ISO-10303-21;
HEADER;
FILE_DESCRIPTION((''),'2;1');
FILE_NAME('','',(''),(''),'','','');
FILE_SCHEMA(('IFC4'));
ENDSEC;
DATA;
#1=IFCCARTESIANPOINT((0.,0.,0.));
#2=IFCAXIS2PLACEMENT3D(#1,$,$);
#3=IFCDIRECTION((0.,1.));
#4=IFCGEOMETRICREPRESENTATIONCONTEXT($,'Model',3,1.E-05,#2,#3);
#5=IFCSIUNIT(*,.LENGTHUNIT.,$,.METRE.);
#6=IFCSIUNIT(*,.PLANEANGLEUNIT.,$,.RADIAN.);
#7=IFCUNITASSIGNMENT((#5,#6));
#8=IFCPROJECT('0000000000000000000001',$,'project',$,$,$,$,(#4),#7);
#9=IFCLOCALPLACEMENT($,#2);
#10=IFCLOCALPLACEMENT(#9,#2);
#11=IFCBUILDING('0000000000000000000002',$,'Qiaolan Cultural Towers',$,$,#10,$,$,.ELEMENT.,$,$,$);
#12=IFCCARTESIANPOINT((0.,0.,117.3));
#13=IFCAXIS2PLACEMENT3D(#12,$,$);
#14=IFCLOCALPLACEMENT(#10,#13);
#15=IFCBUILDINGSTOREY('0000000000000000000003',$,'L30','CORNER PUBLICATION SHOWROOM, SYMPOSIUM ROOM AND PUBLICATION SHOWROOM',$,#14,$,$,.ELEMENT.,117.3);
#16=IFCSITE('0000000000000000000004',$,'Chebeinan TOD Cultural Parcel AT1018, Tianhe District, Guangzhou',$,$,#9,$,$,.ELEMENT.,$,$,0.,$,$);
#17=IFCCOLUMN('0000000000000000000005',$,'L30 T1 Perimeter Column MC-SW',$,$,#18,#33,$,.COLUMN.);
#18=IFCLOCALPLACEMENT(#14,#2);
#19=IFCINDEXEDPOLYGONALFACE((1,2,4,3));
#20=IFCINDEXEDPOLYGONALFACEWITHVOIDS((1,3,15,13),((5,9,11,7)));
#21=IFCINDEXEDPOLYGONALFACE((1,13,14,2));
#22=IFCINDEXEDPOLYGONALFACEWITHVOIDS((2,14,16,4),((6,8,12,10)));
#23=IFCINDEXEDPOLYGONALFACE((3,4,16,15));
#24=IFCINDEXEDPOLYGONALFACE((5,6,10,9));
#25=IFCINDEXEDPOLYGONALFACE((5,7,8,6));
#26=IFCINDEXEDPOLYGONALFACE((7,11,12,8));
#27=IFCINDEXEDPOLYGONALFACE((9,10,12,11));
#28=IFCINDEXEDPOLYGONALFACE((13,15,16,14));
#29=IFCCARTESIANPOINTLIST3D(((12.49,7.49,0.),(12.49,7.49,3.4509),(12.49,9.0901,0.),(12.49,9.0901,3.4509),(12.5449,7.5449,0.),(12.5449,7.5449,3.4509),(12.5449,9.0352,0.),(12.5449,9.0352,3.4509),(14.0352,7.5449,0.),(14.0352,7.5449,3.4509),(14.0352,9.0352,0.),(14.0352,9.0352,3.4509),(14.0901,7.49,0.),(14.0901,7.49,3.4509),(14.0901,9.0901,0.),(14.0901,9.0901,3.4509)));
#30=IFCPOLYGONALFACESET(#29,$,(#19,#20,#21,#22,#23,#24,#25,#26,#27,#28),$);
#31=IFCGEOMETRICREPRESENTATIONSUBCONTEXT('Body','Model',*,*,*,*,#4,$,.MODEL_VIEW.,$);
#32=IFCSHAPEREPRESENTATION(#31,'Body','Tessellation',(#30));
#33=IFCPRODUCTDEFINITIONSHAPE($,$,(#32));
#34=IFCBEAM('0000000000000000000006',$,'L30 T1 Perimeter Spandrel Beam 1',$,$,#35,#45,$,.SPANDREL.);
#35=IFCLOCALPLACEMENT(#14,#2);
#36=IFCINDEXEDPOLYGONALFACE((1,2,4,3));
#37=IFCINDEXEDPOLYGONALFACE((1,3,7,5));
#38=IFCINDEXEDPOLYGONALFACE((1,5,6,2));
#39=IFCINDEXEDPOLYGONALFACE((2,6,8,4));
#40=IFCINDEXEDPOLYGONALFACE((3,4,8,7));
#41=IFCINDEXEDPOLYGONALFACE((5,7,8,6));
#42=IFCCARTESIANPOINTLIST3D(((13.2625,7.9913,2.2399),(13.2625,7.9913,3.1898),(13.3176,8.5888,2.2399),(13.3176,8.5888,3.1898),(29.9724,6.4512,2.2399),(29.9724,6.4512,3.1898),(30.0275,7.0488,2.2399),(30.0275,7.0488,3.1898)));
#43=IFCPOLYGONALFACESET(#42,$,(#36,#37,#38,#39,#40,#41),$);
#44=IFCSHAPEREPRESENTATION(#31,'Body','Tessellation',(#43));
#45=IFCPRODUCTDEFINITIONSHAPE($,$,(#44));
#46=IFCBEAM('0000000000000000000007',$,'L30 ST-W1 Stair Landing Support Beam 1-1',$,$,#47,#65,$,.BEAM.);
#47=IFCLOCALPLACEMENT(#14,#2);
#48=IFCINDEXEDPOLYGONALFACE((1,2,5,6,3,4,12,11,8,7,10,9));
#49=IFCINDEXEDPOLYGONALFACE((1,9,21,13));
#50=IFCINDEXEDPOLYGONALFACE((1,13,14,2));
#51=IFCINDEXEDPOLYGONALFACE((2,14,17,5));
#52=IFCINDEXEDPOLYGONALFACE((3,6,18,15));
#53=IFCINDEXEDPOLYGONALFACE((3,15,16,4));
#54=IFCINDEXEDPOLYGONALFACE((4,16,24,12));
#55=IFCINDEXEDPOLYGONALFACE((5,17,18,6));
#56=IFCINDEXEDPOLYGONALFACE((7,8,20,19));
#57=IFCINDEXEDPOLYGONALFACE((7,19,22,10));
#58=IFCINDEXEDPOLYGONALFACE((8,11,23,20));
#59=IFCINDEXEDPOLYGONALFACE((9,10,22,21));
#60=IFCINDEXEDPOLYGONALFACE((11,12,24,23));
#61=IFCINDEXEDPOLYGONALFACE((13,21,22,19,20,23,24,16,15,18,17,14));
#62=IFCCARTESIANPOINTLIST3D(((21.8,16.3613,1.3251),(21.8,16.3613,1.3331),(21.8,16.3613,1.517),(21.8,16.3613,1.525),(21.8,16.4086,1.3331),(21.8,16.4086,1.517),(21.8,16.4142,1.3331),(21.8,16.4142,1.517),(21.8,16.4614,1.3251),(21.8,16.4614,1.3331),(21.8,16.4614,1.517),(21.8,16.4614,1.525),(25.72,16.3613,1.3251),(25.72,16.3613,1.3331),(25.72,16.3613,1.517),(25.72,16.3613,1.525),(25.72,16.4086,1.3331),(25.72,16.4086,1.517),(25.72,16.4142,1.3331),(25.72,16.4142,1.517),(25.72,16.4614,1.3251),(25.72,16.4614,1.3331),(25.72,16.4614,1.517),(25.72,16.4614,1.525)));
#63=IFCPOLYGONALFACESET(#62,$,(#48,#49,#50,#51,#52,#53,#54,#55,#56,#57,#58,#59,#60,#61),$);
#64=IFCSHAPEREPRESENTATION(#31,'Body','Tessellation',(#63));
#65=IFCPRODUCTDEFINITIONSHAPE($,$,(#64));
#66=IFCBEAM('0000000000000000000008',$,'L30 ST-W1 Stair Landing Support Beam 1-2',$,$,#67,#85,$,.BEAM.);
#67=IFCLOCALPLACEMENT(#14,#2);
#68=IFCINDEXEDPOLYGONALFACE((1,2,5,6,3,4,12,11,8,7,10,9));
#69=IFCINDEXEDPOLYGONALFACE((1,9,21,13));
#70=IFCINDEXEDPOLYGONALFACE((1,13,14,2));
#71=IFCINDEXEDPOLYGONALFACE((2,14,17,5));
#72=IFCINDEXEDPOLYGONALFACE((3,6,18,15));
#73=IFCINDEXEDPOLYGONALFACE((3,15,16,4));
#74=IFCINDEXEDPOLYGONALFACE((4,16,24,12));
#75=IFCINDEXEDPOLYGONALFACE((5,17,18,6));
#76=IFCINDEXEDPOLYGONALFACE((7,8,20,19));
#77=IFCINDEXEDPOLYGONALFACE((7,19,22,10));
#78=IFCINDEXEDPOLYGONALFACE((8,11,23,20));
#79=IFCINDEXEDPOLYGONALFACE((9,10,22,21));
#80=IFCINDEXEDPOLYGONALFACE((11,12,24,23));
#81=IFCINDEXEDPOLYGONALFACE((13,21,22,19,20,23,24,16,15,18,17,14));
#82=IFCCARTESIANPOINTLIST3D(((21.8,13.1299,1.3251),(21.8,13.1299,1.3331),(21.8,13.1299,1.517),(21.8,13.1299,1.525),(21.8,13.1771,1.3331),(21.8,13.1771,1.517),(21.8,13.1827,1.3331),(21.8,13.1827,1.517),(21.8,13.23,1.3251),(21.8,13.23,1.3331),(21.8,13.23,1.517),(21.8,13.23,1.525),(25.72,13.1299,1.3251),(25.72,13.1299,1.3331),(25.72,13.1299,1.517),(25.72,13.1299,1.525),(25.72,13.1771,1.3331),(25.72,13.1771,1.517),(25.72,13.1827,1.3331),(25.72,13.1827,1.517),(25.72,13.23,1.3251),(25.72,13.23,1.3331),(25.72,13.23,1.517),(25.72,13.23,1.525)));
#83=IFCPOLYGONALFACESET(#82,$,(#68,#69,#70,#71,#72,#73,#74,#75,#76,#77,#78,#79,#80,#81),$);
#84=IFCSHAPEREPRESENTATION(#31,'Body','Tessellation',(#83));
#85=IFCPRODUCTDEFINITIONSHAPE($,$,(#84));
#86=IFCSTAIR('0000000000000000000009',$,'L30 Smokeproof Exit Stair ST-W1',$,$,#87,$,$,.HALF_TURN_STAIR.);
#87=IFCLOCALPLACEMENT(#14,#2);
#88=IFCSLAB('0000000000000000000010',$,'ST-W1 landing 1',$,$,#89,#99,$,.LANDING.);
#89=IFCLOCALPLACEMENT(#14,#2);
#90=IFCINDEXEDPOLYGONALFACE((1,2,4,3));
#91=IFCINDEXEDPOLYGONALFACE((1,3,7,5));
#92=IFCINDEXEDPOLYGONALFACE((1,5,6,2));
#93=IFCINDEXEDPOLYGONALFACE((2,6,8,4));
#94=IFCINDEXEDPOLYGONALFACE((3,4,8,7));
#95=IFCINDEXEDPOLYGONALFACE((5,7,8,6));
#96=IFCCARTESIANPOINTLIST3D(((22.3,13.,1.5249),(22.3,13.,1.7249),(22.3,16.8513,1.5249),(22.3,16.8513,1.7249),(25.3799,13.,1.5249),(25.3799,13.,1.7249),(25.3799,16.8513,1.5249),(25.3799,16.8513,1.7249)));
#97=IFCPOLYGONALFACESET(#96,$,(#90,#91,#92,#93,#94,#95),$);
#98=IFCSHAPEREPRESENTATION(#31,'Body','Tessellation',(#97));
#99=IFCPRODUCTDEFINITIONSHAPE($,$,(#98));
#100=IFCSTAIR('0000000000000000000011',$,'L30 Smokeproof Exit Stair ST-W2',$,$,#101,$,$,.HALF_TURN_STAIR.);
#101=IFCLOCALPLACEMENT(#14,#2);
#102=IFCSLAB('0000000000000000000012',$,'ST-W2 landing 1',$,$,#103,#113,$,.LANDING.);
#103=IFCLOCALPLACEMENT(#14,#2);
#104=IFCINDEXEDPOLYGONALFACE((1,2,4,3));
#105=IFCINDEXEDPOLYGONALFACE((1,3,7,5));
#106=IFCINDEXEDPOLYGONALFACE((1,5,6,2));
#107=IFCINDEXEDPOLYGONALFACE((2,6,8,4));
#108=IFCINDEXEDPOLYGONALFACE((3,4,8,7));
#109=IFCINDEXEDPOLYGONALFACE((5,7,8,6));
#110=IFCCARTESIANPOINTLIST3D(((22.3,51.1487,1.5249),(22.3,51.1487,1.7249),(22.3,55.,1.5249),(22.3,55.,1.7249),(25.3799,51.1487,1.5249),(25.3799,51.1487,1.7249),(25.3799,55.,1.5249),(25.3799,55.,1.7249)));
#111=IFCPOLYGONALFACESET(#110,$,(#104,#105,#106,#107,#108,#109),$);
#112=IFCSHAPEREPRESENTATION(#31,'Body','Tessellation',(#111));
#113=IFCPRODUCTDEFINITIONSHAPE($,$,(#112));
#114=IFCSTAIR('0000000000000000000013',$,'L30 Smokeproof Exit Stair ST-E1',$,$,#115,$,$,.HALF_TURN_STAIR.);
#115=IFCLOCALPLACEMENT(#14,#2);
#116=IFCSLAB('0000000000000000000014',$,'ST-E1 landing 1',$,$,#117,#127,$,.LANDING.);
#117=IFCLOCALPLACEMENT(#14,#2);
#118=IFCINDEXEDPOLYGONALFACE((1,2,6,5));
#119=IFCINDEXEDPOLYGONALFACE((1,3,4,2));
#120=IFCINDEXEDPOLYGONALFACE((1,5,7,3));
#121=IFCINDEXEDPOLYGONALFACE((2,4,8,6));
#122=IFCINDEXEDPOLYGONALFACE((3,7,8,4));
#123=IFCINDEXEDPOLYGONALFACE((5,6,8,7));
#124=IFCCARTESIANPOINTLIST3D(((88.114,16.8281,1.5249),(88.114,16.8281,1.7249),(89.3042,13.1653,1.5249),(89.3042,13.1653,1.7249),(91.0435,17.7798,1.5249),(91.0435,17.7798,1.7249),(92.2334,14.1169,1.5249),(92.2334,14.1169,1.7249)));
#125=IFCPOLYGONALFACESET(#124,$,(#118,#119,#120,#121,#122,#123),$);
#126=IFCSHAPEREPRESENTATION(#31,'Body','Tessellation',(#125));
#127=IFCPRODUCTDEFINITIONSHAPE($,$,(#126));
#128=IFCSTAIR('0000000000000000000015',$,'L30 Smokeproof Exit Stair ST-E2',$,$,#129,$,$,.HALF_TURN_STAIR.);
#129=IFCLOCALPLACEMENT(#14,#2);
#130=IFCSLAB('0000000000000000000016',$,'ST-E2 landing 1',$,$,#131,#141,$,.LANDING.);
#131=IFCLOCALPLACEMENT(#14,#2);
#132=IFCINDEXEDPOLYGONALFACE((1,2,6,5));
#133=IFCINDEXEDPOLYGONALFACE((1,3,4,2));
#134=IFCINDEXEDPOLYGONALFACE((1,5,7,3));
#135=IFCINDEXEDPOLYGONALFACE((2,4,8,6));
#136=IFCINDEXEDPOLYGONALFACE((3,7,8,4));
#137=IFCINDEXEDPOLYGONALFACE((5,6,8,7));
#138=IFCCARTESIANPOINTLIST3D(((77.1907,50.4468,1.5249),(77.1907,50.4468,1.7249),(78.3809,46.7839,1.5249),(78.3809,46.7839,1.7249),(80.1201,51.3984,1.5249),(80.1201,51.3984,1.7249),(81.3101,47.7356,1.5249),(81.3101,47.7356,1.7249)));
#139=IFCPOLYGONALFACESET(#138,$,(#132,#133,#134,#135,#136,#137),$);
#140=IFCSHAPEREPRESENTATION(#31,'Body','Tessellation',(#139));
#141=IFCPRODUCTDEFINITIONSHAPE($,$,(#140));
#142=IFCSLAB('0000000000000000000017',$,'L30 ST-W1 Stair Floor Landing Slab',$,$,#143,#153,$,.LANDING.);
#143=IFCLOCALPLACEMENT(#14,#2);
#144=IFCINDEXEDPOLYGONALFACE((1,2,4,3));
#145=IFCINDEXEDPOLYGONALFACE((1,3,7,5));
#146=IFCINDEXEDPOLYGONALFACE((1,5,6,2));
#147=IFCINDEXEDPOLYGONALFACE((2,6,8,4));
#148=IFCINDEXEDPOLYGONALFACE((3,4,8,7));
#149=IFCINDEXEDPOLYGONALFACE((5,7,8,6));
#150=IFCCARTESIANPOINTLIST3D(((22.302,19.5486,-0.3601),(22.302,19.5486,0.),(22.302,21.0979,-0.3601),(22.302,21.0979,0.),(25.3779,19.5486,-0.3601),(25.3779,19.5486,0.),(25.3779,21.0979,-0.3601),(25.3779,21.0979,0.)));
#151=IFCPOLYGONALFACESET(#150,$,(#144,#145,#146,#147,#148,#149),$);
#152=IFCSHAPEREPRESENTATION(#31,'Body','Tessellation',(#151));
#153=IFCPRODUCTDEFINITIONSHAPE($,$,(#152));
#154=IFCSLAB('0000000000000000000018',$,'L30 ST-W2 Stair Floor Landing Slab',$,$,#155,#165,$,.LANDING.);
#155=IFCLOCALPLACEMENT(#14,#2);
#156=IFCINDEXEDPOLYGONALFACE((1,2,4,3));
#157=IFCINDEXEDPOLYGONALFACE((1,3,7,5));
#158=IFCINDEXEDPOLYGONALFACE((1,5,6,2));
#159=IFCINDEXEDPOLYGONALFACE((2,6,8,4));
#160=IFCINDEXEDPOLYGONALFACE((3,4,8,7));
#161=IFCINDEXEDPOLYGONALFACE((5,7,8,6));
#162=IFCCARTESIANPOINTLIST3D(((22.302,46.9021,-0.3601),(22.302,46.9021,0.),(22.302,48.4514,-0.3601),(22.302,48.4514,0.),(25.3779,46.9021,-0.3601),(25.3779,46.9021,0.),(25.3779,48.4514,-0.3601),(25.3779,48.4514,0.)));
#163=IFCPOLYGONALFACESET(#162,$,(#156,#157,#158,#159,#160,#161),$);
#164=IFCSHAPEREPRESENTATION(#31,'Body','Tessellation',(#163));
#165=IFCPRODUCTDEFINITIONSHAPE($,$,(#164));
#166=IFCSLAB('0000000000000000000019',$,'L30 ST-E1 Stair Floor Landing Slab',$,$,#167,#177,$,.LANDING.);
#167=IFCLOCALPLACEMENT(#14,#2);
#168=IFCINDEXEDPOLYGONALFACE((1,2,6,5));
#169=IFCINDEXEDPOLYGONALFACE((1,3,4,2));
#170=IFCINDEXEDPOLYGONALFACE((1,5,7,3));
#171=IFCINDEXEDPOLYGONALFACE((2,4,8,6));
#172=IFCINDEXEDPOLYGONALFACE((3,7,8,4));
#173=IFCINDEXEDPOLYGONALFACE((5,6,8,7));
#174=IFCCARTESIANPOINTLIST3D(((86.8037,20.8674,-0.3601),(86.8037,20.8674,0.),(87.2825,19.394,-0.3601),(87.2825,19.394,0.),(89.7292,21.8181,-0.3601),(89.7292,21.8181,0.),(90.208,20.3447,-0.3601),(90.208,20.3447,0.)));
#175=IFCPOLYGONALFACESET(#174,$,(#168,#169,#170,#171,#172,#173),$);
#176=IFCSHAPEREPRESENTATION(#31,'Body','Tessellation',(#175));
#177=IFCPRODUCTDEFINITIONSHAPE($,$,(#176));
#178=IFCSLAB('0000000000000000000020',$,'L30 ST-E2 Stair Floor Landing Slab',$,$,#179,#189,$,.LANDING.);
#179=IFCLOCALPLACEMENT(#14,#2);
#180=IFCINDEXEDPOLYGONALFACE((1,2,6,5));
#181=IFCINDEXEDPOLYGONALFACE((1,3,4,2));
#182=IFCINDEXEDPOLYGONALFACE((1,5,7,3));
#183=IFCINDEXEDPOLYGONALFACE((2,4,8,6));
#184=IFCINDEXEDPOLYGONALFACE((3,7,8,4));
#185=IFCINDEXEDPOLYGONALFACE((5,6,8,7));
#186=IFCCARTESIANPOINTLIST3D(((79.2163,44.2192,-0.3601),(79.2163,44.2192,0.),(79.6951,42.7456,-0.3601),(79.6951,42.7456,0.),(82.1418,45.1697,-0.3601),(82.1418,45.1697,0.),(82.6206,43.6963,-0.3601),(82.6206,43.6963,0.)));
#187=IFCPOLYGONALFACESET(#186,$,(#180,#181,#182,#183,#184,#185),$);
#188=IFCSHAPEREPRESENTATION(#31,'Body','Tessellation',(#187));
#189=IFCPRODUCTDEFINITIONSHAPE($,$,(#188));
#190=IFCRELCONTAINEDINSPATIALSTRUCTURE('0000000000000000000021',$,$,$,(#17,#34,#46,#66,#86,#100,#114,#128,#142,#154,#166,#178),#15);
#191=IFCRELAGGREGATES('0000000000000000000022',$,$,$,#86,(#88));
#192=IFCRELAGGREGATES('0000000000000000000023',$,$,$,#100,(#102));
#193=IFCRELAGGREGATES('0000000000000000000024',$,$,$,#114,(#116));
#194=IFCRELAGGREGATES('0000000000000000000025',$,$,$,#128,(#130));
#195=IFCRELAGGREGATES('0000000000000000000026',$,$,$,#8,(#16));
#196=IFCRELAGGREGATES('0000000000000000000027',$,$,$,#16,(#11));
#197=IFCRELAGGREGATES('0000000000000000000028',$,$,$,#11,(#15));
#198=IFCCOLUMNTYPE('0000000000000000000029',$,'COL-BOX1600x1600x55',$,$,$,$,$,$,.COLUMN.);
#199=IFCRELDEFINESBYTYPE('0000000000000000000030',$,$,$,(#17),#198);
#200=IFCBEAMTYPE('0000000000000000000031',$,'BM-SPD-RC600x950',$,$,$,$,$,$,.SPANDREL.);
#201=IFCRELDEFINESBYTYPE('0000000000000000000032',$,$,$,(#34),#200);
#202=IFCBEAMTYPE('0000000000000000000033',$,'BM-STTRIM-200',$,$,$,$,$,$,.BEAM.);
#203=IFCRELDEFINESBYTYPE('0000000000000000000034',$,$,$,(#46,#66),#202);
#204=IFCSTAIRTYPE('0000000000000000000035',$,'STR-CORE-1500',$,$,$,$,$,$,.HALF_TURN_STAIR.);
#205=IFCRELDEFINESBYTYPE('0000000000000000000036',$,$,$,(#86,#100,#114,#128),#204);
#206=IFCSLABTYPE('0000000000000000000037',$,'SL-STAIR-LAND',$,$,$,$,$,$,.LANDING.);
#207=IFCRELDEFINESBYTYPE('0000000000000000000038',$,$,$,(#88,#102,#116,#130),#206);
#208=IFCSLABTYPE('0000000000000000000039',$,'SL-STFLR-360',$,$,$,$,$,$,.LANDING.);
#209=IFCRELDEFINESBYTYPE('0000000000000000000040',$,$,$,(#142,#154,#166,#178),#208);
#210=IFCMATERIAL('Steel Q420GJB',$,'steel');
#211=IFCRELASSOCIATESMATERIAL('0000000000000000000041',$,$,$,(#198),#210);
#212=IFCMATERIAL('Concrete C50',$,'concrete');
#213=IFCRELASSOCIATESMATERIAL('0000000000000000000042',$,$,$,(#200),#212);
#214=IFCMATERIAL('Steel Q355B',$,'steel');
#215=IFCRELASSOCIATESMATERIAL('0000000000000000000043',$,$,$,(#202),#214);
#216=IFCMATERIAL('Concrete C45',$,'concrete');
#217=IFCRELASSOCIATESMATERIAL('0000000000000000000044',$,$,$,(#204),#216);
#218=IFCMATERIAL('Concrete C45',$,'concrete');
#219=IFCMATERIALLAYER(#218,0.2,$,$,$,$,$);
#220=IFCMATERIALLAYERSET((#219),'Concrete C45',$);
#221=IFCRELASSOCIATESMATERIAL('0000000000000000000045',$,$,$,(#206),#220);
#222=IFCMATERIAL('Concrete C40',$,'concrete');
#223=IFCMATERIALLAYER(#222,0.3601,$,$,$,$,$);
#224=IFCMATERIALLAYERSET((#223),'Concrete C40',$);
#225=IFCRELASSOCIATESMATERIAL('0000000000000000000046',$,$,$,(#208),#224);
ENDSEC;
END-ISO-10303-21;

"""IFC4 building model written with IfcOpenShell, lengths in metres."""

from ifc_helpers import new_model, si_unit, direction, frame, origin, origin_2d, place, context, subcontext, project, spatial, polyline, rectangle, hollow_rectangle, i_section, outline, extrude, material, layer, layer_set, material_profile, profile_set, type_object, element, aggregate, save


model = new_model("IFC4")

# Units and contexts
model_context = context("Model", 3, precision=1e-05, world=origin(), true_north=direction((0.0, 1.0)))
body_context = subcontext(model_context, "Body", "Model", "MODEL_VIEW")
ifc_project = project(units=[si_unit("LENGTHUNIT", "METRE"), si_unit("PLANEANGLEUNIT", "RADIAN")], contexts=[model_context])

# Site, building, storey
site_placement = place(None, origin())
site = spatial("IfcSite", under=ifc_project, at=site_placement, Name="Chebeinan TOD Cultural Parcel AT1018, Tianhe District, Guangzhou", CompositionType="ELEMENT", RefElevation=0.0)
building_placement = place(site_placement, origin())
building = spatial("IfcBuilding", under=site, at=building_placement, Name="Qiaolan Cultural Towers", CompositionType="ELEMENT")
storey_placement = place(building_placement, frame((0.0, 0.0, 117.3)))
storey = spatial("IfcBuildingStorey", under=building, at=storey_placement, Name="L30", Description="CORNER PUBLICATION SHOWROOM, SYMPOSIUM ROOM AND PUBLICATION SHOWROOM", CompositionType="ELEMENT", Elevation=117.3)

# Column
ifc_material_1 = material(Name="Steel Q420GJB", Category="steel")
ifc_material_profile_1 = material_profile(ifc_material_1, hollow_rectangle(XDim=1.6001, YDim=1.6001, WallThickness=0.0549, at=origin_2d()), Name="BOX1600x1600x55")
ifc_profile_set_1 = profile_set([ifc_material_profile_1], Name="Steel Q420GJB")
column_type = type_object("IfcColumnType", Name="COL-BOX1600x1600x55", PredefinedType="COLUMN", material=ifc_profile_set_1)
column_placement = place(storey_placement, frame((13.29, 8.29, 0.0), z_axis=(0.0, 0.0, 1.0), x_axis=(1.0, 0.0, 0.0)))
element("IfcColumn", 1, at=column_placement, inside=storey, type_object=column_type, Name="L30 T1 Perimeter Column MC-SW", PredefinedType="COLUMN", context=body_context, shape_type="SweptSolid", body=[
    extrude(hollow_rectangle(XDim=1.6001, YDim=1.6001, WallThickness=0.0549, at=origin_2d()), origin(), (0.0, 0.0, 1.0), 3.4509),
])

# Beams
ifc_material_2 = material(Name="Concrete C50", Category="concrete")
ifc_material_profile_2 = material_profile(ifc_material_2, rectangle(XDim=0.6001, YDim=0.95, at=origin_2d()), Name="RC600x950")
ifc_profile_set_2 = profile_set([ifc_material_profile_2], Name="Concrete C50")
beam_type_1 = type_object("IfcBeamType", Name="BM-SPD-RC600x950", PredefinedType="SPANDREL", material=ifc_profile_set_2)
beam_placement = place(storey_placement, frame((13.29, 8.29, 2.7148), z_axis=(0.99578, -0.091774, 0.0), x_axis=(0.091774, 0.99578, 0.0)))
element("IfcBeam", 2, at=beam_placement, inside=storey, type_object=beam_type_1, Name="L30 T1 Perimeter Spandrel Beam 1", PredefinedType="SPANDREL", context=body_context, shape_type="SweptSolid", body=[
    extrude(rectangle(XDim=0.6001, YDim=0.95, at=origin_2d()), origin(), (0.0, 0.0, 1.0), 16.7808),
])
ifc_material_3 = material(Name="Steel Q355B", Category="steel")
ifc_material_profile_3 = material_profile(ifc_material_3, i_section(OverallWidth=0.1001, OverallDepth=0.2, WebThickness=0.0056, FlangeThickness=0.0081, at=origin_2d()), Name="HN200x100x5.5x8")
ifc_profile_set_3 = profile_set([ifc_material_profile_3], Name="Steel Q355B")
beam_type_2 = type_object("IfcBeamType", Name="BM-STTRIM-200", PredefinedType="BEAM", material=ifc_profile_set_3)
for number, where, z_axis, x_axis, name in (
    (3, (21.8, 16.4114, 1.425), (1.0, 0.0, 0.0), (0.0, 1.0, 0.0), "L30 ST-W1 Stair Landing Support Beam 1-1"),
    (4, (21.8, 13.1799, 1.425), (1.0, 0.0, 0.0), (0.0, 1.0, 0.0), "L30 ST-W1 Stair Landing Support Beam 1-2"),
):
    element("IfcBeam", number, at=place(storey_placement, frame(where, z_axis=z_axis, x_axis=x_axis)), inside=storey, type_object=beam_type_2, Name=name, PredefinedType="BEAM", context=body_context, shape_type="SweptSolid", body=[
        extrude(i_section(OverallWidth=0.1001, OverallDepth=0.2, WebThickness=0.0056, FlangeThickness=0.0081, at=origin_2d()), origin(), (0.0, 0.0, 1.0), 3.9199),
    ])

# Stairs, slabs
ifc_material_4 = material(Name="Concrete C45", Category="concrete")
stair_type = type_object("IfcStairType", Name="STR-CORE-1500", PredefinedType="HALF_TURN_STAIR", material=ifc_material_4)
stair_1_placement = place(storey_placement, origin())
stair_1 = element("IfcStair", 5, at=stair_1_placement, inside=storey, type_object=stair_type, Name="L30 Smokeproof Exit Stair ST-W1", PredefinedType="HALF_TURN_STAIR")
ifc_material_5 = material(Name="Concrete C45", Category="concrete")
ifc_layer_1 = layer(ifc_material_5, 0.2)
ifc_layer_set_1 = layer_set([ifc_layer_1], Name="Concrete C45")
slab_type_1 = type_object("IfcSlabType", Name="SL-STAIR-LAND", PredefinedType="LANDING", material=ifc_layer_set_1)
slab_1_placement = place(storey_placement, frame((0.0, 0.0, 1.5249)))
slab_1 = element("IfcSlab", 6, at=slab_1_placement, type_object=slab_type_1, Name="ST-W1 landing 1", PredefinedType="LANDING", context=body_context, shape_type="SweptSolid", body=[
    extrude(outline(polyline([(22.3, 16.8513), (22.3, 13.0), (25.3799, 13.0), (25.3799, 16.8513), (22.3, 16.8513)])), origin(), (0.0, 0.0, 1.0), 0.2),
])
aggregate(stair_1, [slab_1])
stair_2_placement = place(storey_placement, origin())
stair_2 = element("IfcStair", 7, at=stair_2_placement, inside=storey, type_object=stair_type, Name="L30 Smokeproof Exit Stair ST-W2", PredefinedType="HALF_TURN_STAIR")
slab_2_placement = place(storey_placement, frame((0.0, 0.0, 1.5249)))
slab_2 = element("IfcSlab", 8, at=slab_2_placement, type_object=slab_type_1, Name="ST-W2 landing 1", PredefinedType="LANDING", context=body_context, shape_type="SweptSolid", body=[
    extrude(outline(polyline([(25.3799, 51.1487), (25.3799, 55.0), (22.3, 55.0), (22.3, 51.1487), (25.3799, 51.1487)])), origin(), (0.0, 0.0, 1.0), 0.2),
])
aggregate(stair_2, [slab_2])
stair_3_placement = place(storey_placement, origin())
stair_3 = element("IfcStair", 9, at=stair_3_placement, inside=storey, type_object=stair_type, Name="L30 Smokeproof Exit Stair ST-E1", PredefinedType="HALF_TURN_STAIR")
slab_3_placement = place(storey_placement, frame((0.0, 0.0, 1.5249)))
slab_3 = element("IfcSlab", 10, at=slab_3_placement, type_object=slab_type_1, Name="ST-E1 landing 1", PredefinedType="LANDING", context=body_context, shape_type="SweptSolid", body=[
    extrude(outline(polyline([(88.114, 16.8281), (89.3042, 13.1653), (92.2334, 14.1169), (91.0435, 17.7798), (88.114, 16.8281)])), origin(), (0.0, 0.0, 1.0), 0.2),
])
aggregate(stair_3, [slab_3])
stair_4_placement = place(storey_placement, origin())
stair_4 = element("IfcStair", 11, at=stair_4_placement, inside=storey, type_object=stair_type, Name="L30 Smokeproof Exit Stair ST-E2", PredefinedType="HALF_TURN_STAIR")
slab_4_placement = place(storey_placement, frame((0.0, 0.0, 1.5249)))
slab_4 = element("IfcSlab", 12, at=slab_4_placement, type_object=slab_type_1, Name="ST-E2 landing 1", PredefinedType="LANDING", context=body_context, shape_type="SweptSolid", body=[
    extrude(outline(polyline([(81.3101, 47.7356), (80.1201, 51.3984), (77.1907, 50.4468), (78.3809, 46.7839), (81.3101, 47.7356)])), origin(), (0.0, 0.0, 1.0), 0.2),
])
aggregate(stair_4, [slab_4])

# Slabs
ifc_material_6 = material(Name="Concrete C40", Category="concrete")
ifc_layer_2 = layer(ifc_material_6, 0.3601)
ifc_layer_set_2 = layer_set([ifc_layer_2], Name="Concrete C40")
slab_type_2 = type_object("IfcSlabType", Name="SL-STFLR-360", PredefinedType="LANDING", material=ifc_layer_set_2)
slab_5_placement = place(storey_placement, frame((0.0, 0.0, -0.3601)))
element("IfcSlab", 13, at=slab_5_placement, inside=storey, type_object=slab_type_2, Name="L30 ST-W1 Stair Floor Landing Slab", PredefinedType="LANDING", context=body_context, shape_type="SweptSolid", body=[
    extrude(outline(polyline([(22.302, 21.0979), (22.302, 19.5486), (25.3779, 19.5486), (25.3779, 21.0979), (22.302, 21.0979)])), origin(), (0.0, 0.0, 1.0), 0.3601),
])
slab_6_placement = place(storey_placement, frame((0.0, 0.0, -0.3601)))
element("IfcSlab", 14, at=slab_6_placement, inside=storey, type_object=slab_type_2, Name="L30 ST-W2 Stair Floor Landing Slab", PredefinedType="LANDING", context=body_context, shape_type="SweptSolid", body=[
    extrude(outline(polyline([(25.3779, 46.9021), (25.3779, 48.4514), (22.302, 48.4514), (22.302, 46.9021), (25.3779, 46.9021)])), origin(), (0.0, 0.0, 1.0), 0.3601),
])
slab_7_placement = place(storey_placement, frame((0.0, 0.0, -0.3601)))
element("IfcSlab", 15, at=slab_7_placement, inside=storey, type_object=slab_type_2, Name="L30 ST-E1 Stair Floor Landing Slab", PredefinedType="LANDING", context=body_context, shape_type="SweptSolid", body=[
    extrude(outline(polyline([(86.8037, 20.8674), (87.2825, 19.394), (90.208, 20.3447), (89.7292, 21.8181), (86.8037, 20.8674)])), origin(), (0.0, 0.0, 1.0), 0.3601),
])
slab_8_placement = place(storey_placement, frame((0.0, 0.0, -0.3601)))
element("IfcSlab", 16, at=slab_8_placement, inside=storey, type_object=slab_type_2, Name="L30 ST-E2 Stair Floor Landing Slab", PredefinedType="LANDING", context=body_context, shape_type="SweptSolid", body=[
    extrude(outline(polyline([(82.6206, 43.6963), (82.1418, 45.1697), (79.2163, 44.2192), (79.6951, 42.7456), (82.6206, 43.6963)])), origin(), (0.0, 0.0, 1.0), 0.3601),
])

save(model, "model.ifc")
